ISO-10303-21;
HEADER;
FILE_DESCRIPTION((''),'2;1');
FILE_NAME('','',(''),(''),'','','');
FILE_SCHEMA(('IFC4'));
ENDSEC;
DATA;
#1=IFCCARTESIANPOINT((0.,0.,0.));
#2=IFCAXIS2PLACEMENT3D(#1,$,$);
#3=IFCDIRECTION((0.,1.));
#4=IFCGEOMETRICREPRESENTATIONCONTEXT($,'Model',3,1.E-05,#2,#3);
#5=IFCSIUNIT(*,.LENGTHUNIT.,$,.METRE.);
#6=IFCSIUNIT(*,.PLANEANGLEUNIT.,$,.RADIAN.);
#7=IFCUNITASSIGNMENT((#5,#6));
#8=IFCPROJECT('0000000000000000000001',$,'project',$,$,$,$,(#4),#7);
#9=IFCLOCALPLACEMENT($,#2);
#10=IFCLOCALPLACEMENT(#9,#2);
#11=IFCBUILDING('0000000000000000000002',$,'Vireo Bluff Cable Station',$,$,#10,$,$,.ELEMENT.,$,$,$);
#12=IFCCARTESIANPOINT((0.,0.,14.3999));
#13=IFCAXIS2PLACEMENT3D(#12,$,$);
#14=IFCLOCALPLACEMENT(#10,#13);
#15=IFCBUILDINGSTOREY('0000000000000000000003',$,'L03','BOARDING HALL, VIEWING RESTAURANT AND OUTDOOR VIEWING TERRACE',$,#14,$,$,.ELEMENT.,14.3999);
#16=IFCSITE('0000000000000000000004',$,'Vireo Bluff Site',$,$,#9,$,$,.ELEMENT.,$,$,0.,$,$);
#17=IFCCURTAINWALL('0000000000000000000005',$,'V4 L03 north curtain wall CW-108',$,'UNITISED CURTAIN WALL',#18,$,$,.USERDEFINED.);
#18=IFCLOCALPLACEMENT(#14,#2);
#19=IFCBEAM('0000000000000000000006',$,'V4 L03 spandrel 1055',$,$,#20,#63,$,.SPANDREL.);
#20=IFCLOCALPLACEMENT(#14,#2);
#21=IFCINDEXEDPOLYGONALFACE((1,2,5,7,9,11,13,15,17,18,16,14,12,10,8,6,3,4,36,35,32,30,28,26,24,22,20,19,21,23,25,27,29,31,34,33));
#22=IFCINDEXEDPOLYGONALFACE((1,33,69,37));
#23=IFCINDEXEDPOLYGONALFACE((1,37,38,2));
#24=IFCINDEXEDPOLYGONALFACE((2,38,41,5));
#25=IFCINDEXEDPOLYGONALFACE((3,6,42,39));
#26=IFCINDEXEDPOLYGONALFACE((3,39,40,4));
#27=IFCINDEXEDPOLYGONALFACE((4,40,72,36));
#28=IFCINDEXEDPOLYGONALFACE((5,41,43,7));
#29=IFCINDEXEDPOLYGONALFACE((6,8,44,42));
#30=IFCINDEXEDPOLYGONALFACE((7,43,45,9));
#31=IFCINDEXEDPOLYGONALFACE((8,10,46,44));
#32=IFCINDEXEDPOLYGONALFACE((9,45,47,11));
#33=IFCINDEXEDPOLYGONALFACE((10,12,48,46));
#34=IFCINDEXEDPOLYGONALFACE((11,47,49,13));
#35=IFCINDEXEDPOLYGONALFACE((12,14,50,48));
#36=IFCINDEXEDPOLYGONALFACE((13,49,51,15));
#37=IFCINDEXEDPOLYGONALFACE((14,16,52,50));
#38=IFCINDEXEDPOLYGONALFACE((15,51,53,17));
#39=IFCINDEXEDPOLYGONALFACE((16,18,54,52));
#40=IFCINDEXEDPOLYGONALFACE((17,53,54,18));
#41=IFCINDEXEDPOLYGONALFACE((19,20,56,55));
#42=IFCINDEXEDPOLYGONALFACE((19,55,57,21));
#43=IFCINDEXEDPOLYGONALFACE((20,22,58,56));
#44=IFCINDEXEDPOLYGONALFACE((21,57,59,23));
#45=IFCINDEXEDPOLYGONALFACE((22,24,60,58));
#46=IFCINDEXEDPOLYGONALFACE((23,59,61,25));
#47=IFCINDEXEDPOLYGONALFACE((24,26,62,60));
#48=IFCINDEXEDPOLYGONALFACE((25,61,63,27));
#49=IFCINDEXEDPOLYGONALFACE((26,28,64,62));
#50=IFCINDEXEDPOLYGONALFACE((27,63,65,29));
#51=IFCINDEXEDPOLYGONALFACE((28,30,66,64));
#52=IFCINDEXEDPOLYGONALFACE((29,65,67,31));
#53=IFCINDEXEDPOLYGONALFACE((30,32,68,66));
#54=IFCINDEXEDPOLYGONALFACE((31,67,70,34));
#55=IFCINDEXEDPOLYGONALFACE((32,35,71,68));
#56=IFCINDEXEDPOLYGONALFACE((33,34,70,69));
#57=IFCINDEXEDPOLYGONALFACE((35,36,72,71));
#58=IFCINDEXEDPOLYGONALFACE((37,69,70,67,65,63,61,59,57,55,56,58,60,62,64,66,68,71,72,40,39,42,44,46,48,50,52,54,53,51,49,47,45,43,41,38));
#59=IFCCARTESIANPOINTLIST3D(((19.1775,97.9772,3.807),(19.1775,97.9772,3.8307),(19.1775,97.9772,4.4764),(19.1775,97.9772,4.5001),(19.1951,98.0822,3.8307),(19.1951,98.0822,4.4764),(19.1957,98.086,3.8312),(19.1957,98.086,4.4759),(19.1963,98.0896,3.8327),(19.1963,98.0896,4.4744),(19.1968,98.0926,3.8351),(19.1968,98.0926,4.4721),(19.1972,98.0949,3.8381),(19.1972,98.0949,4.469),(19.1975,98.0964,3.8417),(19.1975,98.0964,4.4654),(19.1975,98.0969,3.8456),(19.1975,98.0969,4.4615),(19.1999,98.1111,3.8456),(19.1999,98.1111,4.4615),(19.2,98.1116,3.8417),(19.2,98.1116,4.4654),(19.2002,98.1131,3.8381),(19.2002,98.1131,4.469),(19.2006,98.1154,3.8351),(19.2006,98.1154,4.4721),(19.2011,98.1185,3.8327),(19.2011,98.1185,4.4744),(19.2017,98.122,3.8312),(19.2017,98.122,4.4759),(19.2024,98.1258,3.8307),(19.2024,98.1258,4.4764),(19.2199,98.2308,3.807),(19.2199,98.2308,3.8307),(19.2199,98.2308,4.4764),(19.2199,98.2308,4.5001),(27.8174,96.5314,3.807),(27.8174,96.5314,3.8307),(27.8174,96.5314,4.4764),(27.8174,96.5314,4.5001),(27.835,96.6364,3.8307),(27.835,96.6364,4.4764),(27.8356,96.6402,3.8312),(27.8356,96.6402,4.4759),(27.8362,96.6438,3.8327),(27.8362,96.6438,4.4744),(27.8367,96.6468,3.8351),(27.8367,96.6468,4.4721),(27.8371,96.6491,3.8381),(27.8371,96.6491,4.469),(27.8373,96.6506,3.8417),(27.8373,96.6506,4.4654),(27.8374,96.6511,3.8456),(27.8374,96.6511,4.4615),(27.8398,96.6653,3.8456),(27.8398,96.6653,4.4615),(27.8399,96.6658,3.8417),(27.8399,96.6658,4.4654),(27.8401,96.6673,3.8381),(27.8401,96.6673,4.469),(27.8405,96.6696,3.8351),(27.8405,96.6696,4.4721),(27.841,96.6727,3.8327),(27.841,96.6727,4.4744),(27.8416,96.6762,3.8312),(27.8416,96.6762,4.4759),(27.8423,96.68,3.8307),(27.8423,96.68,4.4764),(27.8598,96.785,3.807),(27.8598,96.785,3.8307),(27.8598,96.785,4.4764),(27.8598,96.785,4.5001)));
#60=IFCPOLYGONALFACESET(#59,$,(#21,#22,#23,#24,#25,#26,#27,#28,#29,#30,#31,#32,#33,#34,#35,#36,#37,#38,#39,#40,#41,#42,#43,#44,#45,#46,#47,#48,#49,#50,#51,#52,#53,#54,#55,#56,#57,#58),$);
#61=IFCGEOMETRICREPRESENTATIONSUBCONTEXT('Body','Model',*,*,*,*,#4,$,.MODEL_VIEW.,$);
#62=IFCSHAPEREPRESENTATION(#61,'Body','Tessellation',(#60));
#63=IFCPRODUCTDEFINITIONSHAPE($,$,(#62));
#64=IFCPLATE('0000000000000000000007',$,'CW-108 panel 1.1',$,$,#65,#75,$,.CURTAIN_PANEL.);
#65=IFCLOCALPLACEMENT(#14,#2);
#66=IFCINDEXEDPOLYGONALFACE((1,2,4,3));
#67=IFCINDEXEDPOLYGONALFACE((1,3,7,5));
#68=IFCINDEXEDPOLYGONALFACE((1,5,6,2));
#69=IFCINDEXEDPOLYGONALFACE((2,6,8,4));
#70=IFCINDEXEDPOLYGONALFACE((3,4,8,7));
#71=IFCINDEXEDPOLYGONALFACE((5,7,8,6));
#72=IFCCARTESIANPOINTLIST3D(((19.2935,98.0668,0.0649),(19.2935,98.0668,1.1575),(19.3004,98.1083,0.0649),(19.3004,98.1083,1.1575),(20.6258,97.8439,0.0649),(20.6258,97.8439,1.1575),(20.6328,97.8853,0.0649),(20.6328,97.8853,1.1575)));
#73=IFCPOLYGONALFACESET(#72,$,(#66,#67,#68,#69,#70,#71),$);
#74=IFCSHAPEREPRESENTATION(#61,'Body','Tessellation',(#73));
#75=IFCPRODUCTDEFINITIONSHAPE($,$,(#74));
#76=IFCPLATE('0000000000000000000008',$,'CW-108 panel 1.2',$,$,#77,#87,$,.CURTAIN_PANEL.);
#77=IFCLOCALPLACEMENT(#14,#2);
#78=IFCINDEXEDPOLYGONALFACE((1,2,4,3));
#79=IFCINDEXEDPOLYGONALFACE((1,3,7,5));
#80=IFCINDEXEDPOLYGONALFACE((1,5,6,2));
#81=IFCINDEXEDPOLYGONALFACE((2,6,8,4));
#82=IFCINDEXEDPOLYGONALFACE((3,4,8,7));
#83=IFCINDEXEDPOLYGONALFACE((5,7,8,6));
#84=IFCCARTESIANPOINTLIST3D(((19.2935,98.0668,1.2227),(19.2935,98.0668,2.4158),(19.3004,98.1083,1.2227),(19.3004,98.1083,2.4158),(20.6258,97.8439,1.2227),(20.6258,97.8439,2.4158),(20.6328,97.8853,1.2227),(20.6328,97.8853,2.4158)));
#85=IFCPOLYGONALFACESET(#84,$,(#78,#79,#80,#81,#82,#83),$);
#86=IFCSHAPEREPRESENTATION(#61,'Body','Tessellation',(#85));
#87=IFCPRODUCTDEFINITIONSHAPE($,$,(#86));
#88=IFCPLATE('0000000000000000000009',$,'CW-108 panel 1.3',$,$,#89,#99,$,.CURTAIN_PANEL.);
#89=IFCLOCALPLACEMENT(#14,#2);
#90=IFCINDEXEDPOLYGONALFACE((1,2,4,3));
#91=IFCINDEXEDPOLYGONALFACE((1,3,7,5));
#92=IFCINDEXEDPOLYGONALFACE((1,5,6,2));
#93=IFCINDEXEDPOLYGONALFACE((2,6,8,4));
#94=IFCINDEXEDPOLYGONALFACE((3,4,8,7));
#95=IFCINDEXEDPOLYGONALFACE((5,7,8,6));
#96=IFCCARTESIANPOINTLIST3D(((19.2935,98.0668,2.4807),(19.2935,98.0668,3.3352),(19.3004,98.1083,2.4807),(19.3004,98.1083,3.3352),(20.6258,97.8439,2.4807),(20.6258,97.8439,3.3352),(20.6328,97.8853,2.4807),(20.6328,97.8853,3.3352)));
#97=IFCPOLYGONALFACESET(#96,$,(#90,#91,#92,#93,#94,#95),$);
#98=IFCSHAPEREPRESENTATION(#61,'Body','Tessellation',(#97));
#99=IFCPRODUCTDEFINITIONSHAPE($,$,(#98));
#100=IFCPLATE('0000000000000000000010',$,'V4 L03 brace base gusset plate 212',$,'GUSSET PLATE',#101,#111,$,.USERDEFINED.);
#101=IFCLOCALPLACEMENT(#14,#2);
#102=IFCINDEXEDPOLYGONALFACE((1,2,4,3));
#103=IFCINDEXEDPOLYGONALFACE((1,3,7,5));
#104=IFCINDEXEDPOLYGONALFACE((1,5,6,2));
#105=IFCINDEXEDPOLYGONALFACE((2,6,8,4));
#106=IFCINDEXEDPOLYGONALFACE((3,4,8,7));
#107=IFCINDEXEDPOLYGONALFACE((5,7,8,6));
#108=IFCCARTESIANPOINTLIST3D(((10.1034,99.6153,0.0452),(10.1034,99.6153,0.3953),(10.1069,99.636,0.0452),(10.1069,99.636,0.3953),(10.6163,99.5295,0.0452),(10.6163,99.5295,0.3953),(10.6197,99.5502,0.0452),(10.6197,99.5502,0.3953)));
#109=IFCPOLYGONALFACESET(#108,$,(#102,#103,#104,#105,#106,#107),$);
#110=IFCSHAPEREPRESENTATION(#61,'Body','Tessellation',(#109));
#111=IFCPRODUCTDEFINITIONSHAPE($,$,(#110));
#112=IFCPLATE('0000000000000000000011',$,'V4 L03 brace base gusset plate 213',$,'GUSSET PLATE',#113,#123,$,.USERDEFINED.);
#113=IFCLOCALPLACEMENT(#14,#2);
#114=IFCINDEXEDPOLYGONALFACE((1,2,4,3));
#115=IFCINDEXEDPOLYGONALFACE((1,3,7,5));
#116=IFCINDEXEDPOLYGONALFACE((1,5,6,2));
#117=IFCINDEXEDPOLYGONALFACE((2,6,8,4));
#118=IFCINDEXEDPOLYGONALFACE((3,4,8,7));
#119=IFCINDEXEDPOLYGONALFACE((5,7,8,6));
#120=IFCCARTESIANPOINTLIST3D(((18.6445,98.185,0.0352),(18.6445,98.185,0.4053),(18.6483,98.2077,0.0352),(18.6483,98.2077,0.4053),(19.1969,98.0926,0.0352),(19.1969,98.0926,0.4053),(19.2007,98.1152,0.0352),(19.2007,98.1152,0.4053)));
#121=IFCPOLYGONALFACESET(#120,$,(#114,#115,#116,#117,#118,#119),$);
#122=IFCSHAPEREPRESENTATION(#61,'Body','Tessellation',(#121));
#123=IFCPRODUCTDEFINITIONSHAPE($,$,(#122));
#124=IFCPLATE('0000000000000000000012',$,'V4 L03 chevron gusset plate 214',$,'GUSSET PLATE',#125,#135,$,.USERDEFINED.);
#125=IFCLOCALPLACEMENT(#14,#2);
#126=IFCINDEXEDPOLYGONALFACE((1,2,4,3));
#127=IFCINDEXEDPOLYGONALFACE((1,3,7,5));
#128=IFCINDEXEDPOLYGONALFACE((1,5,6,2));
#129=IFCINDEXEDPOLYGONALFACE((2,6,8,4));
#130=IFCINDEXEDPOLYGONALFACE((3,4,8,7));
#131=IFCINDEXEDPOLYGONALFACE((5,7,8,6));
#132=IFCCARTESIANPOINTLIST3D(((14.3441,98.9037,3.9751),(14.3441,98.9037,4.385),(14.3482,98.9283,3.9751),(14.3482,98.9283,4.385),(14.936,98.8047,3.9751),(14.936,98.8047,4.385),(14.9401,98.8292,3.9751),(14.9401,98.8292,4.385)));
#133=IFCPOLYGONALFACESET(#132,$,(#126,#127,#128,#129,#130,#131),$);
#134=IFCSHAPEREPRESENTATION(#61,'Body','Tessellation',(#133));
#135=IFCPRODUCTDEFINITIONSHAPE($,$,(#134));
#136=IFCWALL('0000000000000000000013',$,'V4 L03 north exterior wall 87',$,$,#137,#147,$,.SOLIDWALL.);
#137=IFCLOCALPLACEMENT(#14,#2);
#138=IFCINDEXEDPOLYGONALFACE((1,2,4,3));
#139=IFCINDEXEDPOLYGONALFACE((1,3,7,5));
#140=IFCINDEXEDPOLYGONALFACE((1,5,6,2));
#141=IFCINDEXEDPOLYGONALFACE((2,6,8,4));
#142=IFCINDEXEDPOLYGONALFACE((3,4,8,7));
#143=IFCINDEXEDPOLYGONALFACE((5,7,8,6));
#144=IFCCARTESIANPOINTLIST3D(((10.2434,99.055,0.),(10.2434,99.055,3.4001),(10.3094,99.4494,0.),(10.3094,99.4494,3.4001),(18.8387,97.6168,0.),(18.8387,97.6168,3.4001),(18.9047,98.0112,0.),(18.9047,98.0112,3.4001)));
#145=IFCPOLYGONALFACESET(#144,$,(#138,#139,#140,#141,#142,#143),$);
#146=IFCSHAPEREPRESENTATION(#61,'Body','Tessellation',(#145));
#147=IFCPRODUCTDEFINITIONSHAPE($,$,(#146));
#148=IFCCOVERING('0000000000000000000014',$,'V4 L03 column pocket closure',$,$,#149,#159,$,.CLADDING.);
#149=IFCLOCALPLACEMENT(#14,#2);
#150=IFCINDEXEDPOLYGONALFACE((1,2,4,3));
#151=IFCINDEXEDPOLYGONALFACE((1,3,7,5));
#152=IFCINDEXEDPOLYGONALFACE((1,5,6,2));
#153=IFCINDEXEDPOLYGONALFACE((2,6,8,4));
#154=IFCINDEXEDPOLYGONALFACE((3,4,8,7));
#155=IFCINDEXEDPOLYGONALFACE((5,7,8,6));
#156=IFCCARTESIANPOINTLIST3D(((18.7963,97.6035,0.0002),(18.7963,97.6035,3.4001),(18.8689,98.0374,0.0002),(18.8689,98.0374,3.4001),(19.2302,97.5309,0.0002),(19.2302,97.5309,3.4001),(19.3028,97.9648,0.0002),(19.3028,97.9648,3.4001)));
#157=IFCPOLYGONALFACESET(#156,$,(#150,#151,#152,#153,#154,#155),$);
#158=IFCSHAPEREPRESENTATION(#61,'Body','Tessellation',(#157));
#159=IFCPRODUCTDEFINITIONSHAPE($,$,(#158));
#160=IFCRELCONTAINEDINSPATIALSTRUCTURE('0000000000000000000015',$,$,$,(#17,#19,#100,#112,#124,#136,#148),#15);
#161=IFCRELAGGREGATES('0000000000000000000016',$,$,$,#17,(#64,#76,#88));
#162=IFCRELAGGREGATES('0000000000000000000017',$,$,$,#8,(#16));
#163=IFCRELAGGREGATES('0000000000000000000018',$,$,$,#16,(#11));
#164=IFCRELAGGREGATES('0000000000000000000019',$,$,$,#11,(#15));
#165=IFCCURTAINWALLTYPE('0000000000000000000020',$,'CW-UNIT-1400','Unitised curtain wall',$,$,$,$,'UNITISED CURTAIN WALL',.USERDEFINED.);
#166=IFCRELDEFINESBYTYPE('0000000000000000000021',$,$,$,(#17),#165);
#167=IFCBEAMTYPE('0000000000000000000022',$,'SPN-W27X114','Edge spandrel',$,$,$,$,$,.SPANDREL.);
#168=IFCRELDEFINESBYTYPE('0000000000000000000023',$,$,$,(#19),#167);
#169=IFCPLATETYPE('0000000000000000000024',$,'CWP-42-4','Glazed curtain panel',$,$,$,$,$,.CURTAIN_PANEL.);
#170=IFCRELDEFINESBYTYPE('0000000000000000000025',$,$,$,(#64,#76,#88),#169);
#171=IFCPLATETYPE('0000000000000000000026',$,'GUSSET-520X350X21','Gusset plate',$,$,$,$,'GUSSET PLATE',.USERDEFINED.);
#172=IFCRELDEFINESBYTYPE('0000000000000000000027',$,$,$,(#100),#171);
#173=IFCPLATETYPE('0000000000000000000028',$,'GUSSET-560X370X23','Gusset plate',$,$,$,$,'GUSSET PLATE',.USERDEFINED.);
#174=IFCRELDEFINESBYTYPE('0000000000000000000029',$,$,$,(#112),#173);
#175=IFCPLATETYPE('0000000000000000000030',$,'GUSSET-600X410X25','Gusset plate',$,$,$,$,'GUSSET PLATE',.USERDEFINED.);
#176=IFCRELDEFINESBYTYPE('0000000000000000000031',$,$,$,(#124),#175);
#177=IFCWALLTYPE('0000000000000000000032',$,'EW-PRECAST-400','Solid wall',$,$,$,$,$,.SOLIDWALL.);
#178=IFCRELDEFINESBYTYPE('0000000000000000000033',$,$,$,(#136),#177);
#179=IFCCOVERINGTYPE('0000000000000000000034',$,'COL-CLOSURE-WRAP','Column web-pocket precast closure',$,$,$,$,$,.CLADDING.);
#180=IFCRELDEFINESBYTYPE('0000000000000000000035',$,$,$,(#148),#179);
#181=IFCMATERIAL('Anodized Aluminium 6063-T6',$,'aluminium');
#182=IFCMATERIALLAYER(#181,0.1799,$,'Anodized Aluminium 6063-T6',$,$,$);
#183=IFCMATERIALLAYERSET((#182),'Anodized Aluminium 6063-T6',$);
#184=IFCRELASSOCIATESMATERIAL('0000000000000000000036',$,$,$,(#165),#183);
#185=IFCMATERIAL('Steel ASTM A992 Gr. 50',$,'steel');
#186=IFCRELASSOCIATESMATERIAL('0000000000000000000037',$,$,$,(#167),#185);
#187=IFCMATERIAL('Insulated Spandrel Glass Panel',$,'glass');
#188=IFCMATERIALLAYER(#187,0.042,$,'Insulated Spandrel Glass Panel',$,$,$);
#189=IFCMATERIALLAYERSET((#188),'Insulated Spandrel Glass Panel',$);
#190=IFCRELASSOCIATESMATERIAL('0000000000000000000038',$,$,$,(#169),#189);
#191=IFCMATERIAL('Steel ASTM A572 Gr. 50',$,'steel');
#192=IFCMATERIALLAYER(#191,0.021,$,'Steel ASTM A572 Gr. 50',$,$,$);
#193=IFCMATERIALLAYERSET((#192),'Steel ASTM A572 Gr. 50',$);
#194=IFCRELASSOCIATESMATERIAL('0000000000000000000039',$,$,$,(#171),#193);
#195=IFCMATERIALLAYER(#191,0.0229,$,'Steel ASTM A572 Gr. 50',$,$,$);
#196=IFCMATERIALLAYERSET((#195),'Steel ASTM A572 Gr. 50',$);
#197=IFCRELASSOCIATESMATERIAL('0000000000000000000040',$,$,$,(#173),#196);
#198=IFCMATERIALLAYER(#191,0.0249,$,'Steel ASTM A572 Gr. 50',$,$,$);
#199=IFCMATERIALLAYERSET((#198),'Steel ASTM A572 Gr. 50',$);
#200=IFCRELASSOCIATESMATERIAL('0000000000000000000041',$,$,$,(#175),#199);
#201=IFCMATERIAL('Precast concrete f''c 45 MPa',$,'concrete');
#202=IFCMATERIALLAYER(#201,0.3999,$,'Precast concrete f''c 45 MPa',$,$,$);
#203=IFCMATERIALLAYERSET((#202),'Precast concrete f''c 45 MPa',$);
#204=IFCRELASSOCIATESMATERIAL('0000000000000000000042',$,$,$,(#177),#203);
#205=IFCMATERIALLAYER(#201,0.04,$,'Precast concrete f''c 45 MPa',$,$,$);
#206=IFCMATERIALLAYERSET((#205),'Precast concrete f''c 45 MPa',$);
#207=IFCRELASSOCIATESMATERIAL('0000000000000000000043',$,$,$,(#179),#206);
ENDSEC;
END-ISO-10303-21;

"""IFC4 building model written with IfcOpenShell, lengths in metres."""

from ifc_helpers import new_model, si_unit, direction, frame, frame_2d, origin, origin_2d, place, context, subcontext, project, spatial, rectangle, i_section, extrude, material, layer, layer_set, material_profile, profile_set, type_object, element, aggregate, save


model = new_model("IFC4")

# Units and contexts
model_context = context("Model", 3, precision=1e-05, world=origin(), true_north=direction((0.0, 1.0)))
body_context = subcontext(model_context, "Body", "Model", "MODEL_VIEW")
ifc_project = project(units=[si_unit("LENGTHUNIT", "METRE"), si_unit("PLANEANGLEUNIT", "RADIAN")], contexts=[model_context])

# Site, building, storey
site_placement = place(None, origin())
site = spatial("IfcSite", under=ifc_project, at=site_placement, Name="Vireo Bluff Site", CompositionType="ELEMENT", RefElevation=0.0)
building_placement = place(site_placement, origin())
building = spatial("IfcBuilding", under=site, at=building_placement, Name="Vireo Bluff Cable Station", CompositionType="ELEMENT")
storey_placement = place(building_placement, frame((0.0, 0.0, 14.3999)))
storey = spatial("IfcBuildingStorey", under=building, at=storey_placement, Name="L03", Description="BOARDING HALL, VIEWING RESTAURANT AND OUTDOOR VIEWING TERRACE", CompositionType="ELEMENT", Elevation=14.3999)

# Shared definitions
ifc_material_1 = material(Name="Steel ASTM A992 Gr. 50", Category="steel")

# Curtain wall
ifc_material_2 = material(Name="Anodized Aluminium 6063-T6", Category="aluminium")
ifc_layer_1 = layer(ifc_material_2, 0.1799, Name="Anodized Aluminium 6063-T6")
ifc_layer_set_1 = layer_set([ifc_layer_1], Name="Anodized Aluminium 6063-T6")
curtain_wall_type = type_object("IfcCurtainWallType", Name="CW-UNIT-1400", Description="Unitised curtain wall", ElementType="UNITISED CURTAIN WALL", PredefinedType="USERDEFINED", material=ifc_layer_set_1)
curtain_wall_placement = place(storey_placement, origin())
curtain_wall = element("IfcCurtainWall", 1, at=curtain_wall_placement, inside=storey, type_object=curtain_wall_type, Name="V4 L03 north curtain wall CW-108", ObjectType="UNITISED CURTAIN WALL", PredefinedType="USERDEFINED")

# Beam
ifc_material_profile_1 = material_profile(ifc_material_1, i_section(OverallWidth=0.2571, OverallDepth=0.6931, WebThickness=0.0144, FlangeThickness=0.0237, FilletRadius=0.0149, at=origin_2d()), Name="W27X114")
ifc_profile_set_1 = profile_set([ifc_material_profile_1], Name="Steel ASTM A992 Gr. 50")
beam_type_1 = type_object("IfcBeamType", Name="SPN-W27X114", Description="Edge spandrel", PredefinedType="SPANDREL", material=ifc_profile_set_1)
beam_1_placement = place(storey_placement, frame((19.1987, 98.104, 4.1536), z_axis=(0.986286, -0.165045, 0.0), x_axis=(0.165045, 0.986286, 0.0)))
element("IfcBeam", 2, at=beam_1_placement, inside=storey, type_object=beam_type_1, Name="V4 L03 spandrel 1055", PredefinedType="SPANDREL", context=body_context, shape_type="SweptSolid", body=[
    extrude(i_section(OverallWidth=0.2571, OverallDepth=0.6931, WebThickness=0.0144, FlangeThickness=0.0237, FilletRadius=0.0149, at=origin_2d()), origin(), (0.0, 0.0, 1.0), 8.76),
])

# Plates
ifc_material_3 = material(Name="Insulated Spandrel Glass Panel", Category="glass")
ifc_layer_2 = layer(ifc_material_3, 0.042, Name="Insulated Spandrel Glass Panel")
ifc_layer_set_2 = layer_set([ifc_layer_2], Name="Insulated Spandrel Glass Panel")
plate_type_1 = type_object("IfcPlateType", Name="CWP-42-4", Description="Glazed curtain panel", PredefinedType="CURTAIN_PANEL", material=ifc_layer_set_2)
plate_1_placement = place(storey_placement, frame((19.9631, 97.9761, 0.0649), z_axis=(0.0, 0.0, 1.0), x_axis=(0.986286, -0.165048, 0.0)))
plate_1 = element("IfcPlate", 3, at=plate_1_placement, type_object=plate_type_1, Name="CW-108 panel 1.1", PredefinedType="CURTAIN_PANEL", context=body_context, shape_type="SweptSolid", body=[
    extrude(rectangle(XDim=1.3508, YDim=0.042, at=origin_2d()), origin(), (0.0, 0.0, 1.0), 1.0925),
])
plate_2_placement = place(storey_placement, frame((19.9631, 97.9761, 1.2227), z_axis=(0.0, 0.0, 1.0), x_axis=(0.986286, -0.165048, 0.0)))
plate_2 = element("IfcPlate", 4, at=plate_2_placement, type_object=plate_type_1, Name="CW-108 panel 1.2", PredefinedType="CURTAIN_PANEL", context=body_context, shape_type="SweptSolid", body=[
    extrude(rectangle(XDim=1.3508, YDim=0.042, at=origin_2d()), origin(), (0.0, 0.0, 1.0), 1.1931),
])
plate_3_placement = place(storey_placement, frame((19.9631, 97.9761, 2.4807), z_axis=(0.0, 0.0, 1.0), x_axis=(0.986286, -0.165048, 0.0)))
plate_3 = element("IfcPlate", 5, at=plate_3_placement, type_object=plate_type_1, Name="CW-108 panel 1.3", PredefinedType="CURTAIN_PANEL", context=body_context, shape_type="SweptSolid", body=[
    extrude(rectangle(XDim=1.3508, YDim=0.042, at=origin_2d()), origin(), (0.0, 0.0, 1.0), 0.8545),
])
aggregate(curtain_wall, [plate_1, plate_2, plate_3])

# Plates
ifc_material_4 = material(Name="Steel ASTM A572 Gr. 50", Category="steel")
ifc_layer_3 = layer(ifc_material_4, 0.021, Name="Steel ASTM A572 Gr. 50")
ifc_layer_set_3 = layer_set([ifc_layer_3], Name="Steel ASTM A572 Gr. 50")
plate_type_2 = type_object("IfcPlateType", Name="GUSSET-520X350X21", Description="Gusset plate", ElementType="GUSSET PLATE", PredefinedType="USERDEFINED", material=ifc_layer_set_3)
plate_4_placement = place(storey_placement, frame((10.3616, 99.5828, 0.0452), z_axis=(0.0, 0.0, 1.0), x_axis=(0.986286, -0.165048, 0.0)))
element("IfcPlate", 6, at=plate_4_placement, inside=storey, type_object=plate_type_2, Name="V4 L03 brace base gusset plate 212", ObjectType="GUSSET PLATE", PredefinedType="USERDEFINED", context=body_context, shape_type="SweptSolid", body=[
    extrude(rectangle(XDim=0.52, YDim=0.021, at=origin_2d()), origin(), (0.0, 0.0, 1.0), 0.3501),
])
ifc_layer_4 = layer(ifc_material_4, 0.0229, Name="Steel ASTM A572 Gr. 50")
ifc_layer_set_4 = layer_set([ifc_layer_4], Name="Steel ASTM A572 Gr. 50")
plate_type_3 = type_object("IfcPlateType", Name="GUSSET-560X370X23", Description="Gusset plate", ElementType="GUSSET PLATE", PredefinedType="USERDEFINED", material=ifc_layer_set_4)
plate_5_placement = place(storey_placement, frame((18.9226, 98.1501, 0.0352), z_axis=(0.0, 0.0, 1.0), x_axis=(0.986286, -0.165048, 0.0)))
element("IfcPlate", 7, at=plate_5_placement, inside=storey, type_object=plate_type_3, Name="V4 L03 brace base gusset plate 213", ObjectType="GUSSET PLATE", PredefinedType="USERDEFINED", context=body_context, shape_type="SweptSolid", body=[
    extrude(rectangle(XDim=0.5601, YDim=0.0229, at=origin_2d()), origin(), (0.0, 0.0, 1.0), 0.3701),
])
ifc_layer_5 = layer(ifc_material_4, 0.0249, Name="Steel ASTM A572 Gr. 50")
ifc_layer_set_5 = layer_set([ifc_layer_5], Name="Steel ASTM A572 Gr. 50")
plate_type_4 = type_object("IfcPlateType", Name="GUSSET-600X410X25", Description="Gusset plate", ElementType="GUSSET PLATE", PredefinedType="USERDEFINED", material=ifc_layer_set_5)
plate_6_placement = place(storey_placement, frame((14.6421, 98.8665, 3.9751), z_axis=(0.0, 0.0, 1.0), x_axis=(0.986286, -0.165048, 0.0)))
element("IfcPlate", 8, at=plate_6_placement, inside=storey, type_object=plate_type_4, Name="V4 L03 chevron gusset plate 214", ObjectType="GUSSET PLATE", PredefinedType="USERDEFINED", context=body_context, shape_type="SweptSolid", body=[
    extrude(rectangle(XDim=0.6001, YDim=0.0249, at=origin_2d()), origin(), (0.0, 0.0, 1.0), 0.4099),
])

# Wall
ifc_material_5 = material(Name="Precast concrete f'c 45 MPa", Category="concrete")
ifc_layer_6 = layer(ifc_material_5, 0.3999, Name="Precast concrete f'c 45 MPa")
ifc_layer_set_6 = layer_set([ifc_layer_6], Name="Precast concrete f'c 45 MPa")
wall_type = type_object("IfcWallType", Name="EW-PRECAST-400", Description="Solid wall", PredefinedType="SOLIDWALL", material=ifc_layer_set_6)
wall_placement = place(storey_placement, frame((10.2764, 99.2522, 0.0), z_axis=(0.0, 0.0, 1.0), x_axis=(0.986288, -0.16503, 0.0)))
element("IfcWall", 9, at=wall_placement, inside=storey, type_object=wall_type, Name="V4 L03 north exterior wall 87", PredefinedType="SOLIDWALL", context=body_context, shape_type="SweptSolid", body=[
    extrude(rectangle(XDim=8.7148, YDim=0.3999, at=frame_2d((4.3574, 0.0))), origin(), (0.0, 0.0, 1.0), 3.4001),
])

# Covering
ifc_layer_7 = layer(ifc_material_5, 0.04, Name="Precast concrete f'c 45 MPa")
ifc_layer_set_7 = layer_set([ifc_layer_7], Name="Precast concrete f'c 45 MPa")
covering_type = type_object("IfcCoveringType", Name="COL-CLOSURE-WRAP", Description="Column web-pocket precast closure", PredefinedType="CLADDING", material=ifc_layer_set_7)
covering_placement = place(storey_placement, frame((19.0496, 97.7842, 0.0002), z_axis=(0.0, 0.0, 1.0), x_axis=(0.986286, -0.165048, 0.0)))
element("IfcCovering", 10, at=covering_placement, inside=storey, type_object=covering_type, Name="V4 L03 column pocket closure", PredefinedType="CLADDING", context=body_context, shape_type="SweptSolid", body=[
    extrude(rectangle(XDim=0.4399, YDim=0.4399, at=origin_2d()), origin(), (0.0, 0.0, 1.0), 3.3999),
])

save(model, "model.ifc")
